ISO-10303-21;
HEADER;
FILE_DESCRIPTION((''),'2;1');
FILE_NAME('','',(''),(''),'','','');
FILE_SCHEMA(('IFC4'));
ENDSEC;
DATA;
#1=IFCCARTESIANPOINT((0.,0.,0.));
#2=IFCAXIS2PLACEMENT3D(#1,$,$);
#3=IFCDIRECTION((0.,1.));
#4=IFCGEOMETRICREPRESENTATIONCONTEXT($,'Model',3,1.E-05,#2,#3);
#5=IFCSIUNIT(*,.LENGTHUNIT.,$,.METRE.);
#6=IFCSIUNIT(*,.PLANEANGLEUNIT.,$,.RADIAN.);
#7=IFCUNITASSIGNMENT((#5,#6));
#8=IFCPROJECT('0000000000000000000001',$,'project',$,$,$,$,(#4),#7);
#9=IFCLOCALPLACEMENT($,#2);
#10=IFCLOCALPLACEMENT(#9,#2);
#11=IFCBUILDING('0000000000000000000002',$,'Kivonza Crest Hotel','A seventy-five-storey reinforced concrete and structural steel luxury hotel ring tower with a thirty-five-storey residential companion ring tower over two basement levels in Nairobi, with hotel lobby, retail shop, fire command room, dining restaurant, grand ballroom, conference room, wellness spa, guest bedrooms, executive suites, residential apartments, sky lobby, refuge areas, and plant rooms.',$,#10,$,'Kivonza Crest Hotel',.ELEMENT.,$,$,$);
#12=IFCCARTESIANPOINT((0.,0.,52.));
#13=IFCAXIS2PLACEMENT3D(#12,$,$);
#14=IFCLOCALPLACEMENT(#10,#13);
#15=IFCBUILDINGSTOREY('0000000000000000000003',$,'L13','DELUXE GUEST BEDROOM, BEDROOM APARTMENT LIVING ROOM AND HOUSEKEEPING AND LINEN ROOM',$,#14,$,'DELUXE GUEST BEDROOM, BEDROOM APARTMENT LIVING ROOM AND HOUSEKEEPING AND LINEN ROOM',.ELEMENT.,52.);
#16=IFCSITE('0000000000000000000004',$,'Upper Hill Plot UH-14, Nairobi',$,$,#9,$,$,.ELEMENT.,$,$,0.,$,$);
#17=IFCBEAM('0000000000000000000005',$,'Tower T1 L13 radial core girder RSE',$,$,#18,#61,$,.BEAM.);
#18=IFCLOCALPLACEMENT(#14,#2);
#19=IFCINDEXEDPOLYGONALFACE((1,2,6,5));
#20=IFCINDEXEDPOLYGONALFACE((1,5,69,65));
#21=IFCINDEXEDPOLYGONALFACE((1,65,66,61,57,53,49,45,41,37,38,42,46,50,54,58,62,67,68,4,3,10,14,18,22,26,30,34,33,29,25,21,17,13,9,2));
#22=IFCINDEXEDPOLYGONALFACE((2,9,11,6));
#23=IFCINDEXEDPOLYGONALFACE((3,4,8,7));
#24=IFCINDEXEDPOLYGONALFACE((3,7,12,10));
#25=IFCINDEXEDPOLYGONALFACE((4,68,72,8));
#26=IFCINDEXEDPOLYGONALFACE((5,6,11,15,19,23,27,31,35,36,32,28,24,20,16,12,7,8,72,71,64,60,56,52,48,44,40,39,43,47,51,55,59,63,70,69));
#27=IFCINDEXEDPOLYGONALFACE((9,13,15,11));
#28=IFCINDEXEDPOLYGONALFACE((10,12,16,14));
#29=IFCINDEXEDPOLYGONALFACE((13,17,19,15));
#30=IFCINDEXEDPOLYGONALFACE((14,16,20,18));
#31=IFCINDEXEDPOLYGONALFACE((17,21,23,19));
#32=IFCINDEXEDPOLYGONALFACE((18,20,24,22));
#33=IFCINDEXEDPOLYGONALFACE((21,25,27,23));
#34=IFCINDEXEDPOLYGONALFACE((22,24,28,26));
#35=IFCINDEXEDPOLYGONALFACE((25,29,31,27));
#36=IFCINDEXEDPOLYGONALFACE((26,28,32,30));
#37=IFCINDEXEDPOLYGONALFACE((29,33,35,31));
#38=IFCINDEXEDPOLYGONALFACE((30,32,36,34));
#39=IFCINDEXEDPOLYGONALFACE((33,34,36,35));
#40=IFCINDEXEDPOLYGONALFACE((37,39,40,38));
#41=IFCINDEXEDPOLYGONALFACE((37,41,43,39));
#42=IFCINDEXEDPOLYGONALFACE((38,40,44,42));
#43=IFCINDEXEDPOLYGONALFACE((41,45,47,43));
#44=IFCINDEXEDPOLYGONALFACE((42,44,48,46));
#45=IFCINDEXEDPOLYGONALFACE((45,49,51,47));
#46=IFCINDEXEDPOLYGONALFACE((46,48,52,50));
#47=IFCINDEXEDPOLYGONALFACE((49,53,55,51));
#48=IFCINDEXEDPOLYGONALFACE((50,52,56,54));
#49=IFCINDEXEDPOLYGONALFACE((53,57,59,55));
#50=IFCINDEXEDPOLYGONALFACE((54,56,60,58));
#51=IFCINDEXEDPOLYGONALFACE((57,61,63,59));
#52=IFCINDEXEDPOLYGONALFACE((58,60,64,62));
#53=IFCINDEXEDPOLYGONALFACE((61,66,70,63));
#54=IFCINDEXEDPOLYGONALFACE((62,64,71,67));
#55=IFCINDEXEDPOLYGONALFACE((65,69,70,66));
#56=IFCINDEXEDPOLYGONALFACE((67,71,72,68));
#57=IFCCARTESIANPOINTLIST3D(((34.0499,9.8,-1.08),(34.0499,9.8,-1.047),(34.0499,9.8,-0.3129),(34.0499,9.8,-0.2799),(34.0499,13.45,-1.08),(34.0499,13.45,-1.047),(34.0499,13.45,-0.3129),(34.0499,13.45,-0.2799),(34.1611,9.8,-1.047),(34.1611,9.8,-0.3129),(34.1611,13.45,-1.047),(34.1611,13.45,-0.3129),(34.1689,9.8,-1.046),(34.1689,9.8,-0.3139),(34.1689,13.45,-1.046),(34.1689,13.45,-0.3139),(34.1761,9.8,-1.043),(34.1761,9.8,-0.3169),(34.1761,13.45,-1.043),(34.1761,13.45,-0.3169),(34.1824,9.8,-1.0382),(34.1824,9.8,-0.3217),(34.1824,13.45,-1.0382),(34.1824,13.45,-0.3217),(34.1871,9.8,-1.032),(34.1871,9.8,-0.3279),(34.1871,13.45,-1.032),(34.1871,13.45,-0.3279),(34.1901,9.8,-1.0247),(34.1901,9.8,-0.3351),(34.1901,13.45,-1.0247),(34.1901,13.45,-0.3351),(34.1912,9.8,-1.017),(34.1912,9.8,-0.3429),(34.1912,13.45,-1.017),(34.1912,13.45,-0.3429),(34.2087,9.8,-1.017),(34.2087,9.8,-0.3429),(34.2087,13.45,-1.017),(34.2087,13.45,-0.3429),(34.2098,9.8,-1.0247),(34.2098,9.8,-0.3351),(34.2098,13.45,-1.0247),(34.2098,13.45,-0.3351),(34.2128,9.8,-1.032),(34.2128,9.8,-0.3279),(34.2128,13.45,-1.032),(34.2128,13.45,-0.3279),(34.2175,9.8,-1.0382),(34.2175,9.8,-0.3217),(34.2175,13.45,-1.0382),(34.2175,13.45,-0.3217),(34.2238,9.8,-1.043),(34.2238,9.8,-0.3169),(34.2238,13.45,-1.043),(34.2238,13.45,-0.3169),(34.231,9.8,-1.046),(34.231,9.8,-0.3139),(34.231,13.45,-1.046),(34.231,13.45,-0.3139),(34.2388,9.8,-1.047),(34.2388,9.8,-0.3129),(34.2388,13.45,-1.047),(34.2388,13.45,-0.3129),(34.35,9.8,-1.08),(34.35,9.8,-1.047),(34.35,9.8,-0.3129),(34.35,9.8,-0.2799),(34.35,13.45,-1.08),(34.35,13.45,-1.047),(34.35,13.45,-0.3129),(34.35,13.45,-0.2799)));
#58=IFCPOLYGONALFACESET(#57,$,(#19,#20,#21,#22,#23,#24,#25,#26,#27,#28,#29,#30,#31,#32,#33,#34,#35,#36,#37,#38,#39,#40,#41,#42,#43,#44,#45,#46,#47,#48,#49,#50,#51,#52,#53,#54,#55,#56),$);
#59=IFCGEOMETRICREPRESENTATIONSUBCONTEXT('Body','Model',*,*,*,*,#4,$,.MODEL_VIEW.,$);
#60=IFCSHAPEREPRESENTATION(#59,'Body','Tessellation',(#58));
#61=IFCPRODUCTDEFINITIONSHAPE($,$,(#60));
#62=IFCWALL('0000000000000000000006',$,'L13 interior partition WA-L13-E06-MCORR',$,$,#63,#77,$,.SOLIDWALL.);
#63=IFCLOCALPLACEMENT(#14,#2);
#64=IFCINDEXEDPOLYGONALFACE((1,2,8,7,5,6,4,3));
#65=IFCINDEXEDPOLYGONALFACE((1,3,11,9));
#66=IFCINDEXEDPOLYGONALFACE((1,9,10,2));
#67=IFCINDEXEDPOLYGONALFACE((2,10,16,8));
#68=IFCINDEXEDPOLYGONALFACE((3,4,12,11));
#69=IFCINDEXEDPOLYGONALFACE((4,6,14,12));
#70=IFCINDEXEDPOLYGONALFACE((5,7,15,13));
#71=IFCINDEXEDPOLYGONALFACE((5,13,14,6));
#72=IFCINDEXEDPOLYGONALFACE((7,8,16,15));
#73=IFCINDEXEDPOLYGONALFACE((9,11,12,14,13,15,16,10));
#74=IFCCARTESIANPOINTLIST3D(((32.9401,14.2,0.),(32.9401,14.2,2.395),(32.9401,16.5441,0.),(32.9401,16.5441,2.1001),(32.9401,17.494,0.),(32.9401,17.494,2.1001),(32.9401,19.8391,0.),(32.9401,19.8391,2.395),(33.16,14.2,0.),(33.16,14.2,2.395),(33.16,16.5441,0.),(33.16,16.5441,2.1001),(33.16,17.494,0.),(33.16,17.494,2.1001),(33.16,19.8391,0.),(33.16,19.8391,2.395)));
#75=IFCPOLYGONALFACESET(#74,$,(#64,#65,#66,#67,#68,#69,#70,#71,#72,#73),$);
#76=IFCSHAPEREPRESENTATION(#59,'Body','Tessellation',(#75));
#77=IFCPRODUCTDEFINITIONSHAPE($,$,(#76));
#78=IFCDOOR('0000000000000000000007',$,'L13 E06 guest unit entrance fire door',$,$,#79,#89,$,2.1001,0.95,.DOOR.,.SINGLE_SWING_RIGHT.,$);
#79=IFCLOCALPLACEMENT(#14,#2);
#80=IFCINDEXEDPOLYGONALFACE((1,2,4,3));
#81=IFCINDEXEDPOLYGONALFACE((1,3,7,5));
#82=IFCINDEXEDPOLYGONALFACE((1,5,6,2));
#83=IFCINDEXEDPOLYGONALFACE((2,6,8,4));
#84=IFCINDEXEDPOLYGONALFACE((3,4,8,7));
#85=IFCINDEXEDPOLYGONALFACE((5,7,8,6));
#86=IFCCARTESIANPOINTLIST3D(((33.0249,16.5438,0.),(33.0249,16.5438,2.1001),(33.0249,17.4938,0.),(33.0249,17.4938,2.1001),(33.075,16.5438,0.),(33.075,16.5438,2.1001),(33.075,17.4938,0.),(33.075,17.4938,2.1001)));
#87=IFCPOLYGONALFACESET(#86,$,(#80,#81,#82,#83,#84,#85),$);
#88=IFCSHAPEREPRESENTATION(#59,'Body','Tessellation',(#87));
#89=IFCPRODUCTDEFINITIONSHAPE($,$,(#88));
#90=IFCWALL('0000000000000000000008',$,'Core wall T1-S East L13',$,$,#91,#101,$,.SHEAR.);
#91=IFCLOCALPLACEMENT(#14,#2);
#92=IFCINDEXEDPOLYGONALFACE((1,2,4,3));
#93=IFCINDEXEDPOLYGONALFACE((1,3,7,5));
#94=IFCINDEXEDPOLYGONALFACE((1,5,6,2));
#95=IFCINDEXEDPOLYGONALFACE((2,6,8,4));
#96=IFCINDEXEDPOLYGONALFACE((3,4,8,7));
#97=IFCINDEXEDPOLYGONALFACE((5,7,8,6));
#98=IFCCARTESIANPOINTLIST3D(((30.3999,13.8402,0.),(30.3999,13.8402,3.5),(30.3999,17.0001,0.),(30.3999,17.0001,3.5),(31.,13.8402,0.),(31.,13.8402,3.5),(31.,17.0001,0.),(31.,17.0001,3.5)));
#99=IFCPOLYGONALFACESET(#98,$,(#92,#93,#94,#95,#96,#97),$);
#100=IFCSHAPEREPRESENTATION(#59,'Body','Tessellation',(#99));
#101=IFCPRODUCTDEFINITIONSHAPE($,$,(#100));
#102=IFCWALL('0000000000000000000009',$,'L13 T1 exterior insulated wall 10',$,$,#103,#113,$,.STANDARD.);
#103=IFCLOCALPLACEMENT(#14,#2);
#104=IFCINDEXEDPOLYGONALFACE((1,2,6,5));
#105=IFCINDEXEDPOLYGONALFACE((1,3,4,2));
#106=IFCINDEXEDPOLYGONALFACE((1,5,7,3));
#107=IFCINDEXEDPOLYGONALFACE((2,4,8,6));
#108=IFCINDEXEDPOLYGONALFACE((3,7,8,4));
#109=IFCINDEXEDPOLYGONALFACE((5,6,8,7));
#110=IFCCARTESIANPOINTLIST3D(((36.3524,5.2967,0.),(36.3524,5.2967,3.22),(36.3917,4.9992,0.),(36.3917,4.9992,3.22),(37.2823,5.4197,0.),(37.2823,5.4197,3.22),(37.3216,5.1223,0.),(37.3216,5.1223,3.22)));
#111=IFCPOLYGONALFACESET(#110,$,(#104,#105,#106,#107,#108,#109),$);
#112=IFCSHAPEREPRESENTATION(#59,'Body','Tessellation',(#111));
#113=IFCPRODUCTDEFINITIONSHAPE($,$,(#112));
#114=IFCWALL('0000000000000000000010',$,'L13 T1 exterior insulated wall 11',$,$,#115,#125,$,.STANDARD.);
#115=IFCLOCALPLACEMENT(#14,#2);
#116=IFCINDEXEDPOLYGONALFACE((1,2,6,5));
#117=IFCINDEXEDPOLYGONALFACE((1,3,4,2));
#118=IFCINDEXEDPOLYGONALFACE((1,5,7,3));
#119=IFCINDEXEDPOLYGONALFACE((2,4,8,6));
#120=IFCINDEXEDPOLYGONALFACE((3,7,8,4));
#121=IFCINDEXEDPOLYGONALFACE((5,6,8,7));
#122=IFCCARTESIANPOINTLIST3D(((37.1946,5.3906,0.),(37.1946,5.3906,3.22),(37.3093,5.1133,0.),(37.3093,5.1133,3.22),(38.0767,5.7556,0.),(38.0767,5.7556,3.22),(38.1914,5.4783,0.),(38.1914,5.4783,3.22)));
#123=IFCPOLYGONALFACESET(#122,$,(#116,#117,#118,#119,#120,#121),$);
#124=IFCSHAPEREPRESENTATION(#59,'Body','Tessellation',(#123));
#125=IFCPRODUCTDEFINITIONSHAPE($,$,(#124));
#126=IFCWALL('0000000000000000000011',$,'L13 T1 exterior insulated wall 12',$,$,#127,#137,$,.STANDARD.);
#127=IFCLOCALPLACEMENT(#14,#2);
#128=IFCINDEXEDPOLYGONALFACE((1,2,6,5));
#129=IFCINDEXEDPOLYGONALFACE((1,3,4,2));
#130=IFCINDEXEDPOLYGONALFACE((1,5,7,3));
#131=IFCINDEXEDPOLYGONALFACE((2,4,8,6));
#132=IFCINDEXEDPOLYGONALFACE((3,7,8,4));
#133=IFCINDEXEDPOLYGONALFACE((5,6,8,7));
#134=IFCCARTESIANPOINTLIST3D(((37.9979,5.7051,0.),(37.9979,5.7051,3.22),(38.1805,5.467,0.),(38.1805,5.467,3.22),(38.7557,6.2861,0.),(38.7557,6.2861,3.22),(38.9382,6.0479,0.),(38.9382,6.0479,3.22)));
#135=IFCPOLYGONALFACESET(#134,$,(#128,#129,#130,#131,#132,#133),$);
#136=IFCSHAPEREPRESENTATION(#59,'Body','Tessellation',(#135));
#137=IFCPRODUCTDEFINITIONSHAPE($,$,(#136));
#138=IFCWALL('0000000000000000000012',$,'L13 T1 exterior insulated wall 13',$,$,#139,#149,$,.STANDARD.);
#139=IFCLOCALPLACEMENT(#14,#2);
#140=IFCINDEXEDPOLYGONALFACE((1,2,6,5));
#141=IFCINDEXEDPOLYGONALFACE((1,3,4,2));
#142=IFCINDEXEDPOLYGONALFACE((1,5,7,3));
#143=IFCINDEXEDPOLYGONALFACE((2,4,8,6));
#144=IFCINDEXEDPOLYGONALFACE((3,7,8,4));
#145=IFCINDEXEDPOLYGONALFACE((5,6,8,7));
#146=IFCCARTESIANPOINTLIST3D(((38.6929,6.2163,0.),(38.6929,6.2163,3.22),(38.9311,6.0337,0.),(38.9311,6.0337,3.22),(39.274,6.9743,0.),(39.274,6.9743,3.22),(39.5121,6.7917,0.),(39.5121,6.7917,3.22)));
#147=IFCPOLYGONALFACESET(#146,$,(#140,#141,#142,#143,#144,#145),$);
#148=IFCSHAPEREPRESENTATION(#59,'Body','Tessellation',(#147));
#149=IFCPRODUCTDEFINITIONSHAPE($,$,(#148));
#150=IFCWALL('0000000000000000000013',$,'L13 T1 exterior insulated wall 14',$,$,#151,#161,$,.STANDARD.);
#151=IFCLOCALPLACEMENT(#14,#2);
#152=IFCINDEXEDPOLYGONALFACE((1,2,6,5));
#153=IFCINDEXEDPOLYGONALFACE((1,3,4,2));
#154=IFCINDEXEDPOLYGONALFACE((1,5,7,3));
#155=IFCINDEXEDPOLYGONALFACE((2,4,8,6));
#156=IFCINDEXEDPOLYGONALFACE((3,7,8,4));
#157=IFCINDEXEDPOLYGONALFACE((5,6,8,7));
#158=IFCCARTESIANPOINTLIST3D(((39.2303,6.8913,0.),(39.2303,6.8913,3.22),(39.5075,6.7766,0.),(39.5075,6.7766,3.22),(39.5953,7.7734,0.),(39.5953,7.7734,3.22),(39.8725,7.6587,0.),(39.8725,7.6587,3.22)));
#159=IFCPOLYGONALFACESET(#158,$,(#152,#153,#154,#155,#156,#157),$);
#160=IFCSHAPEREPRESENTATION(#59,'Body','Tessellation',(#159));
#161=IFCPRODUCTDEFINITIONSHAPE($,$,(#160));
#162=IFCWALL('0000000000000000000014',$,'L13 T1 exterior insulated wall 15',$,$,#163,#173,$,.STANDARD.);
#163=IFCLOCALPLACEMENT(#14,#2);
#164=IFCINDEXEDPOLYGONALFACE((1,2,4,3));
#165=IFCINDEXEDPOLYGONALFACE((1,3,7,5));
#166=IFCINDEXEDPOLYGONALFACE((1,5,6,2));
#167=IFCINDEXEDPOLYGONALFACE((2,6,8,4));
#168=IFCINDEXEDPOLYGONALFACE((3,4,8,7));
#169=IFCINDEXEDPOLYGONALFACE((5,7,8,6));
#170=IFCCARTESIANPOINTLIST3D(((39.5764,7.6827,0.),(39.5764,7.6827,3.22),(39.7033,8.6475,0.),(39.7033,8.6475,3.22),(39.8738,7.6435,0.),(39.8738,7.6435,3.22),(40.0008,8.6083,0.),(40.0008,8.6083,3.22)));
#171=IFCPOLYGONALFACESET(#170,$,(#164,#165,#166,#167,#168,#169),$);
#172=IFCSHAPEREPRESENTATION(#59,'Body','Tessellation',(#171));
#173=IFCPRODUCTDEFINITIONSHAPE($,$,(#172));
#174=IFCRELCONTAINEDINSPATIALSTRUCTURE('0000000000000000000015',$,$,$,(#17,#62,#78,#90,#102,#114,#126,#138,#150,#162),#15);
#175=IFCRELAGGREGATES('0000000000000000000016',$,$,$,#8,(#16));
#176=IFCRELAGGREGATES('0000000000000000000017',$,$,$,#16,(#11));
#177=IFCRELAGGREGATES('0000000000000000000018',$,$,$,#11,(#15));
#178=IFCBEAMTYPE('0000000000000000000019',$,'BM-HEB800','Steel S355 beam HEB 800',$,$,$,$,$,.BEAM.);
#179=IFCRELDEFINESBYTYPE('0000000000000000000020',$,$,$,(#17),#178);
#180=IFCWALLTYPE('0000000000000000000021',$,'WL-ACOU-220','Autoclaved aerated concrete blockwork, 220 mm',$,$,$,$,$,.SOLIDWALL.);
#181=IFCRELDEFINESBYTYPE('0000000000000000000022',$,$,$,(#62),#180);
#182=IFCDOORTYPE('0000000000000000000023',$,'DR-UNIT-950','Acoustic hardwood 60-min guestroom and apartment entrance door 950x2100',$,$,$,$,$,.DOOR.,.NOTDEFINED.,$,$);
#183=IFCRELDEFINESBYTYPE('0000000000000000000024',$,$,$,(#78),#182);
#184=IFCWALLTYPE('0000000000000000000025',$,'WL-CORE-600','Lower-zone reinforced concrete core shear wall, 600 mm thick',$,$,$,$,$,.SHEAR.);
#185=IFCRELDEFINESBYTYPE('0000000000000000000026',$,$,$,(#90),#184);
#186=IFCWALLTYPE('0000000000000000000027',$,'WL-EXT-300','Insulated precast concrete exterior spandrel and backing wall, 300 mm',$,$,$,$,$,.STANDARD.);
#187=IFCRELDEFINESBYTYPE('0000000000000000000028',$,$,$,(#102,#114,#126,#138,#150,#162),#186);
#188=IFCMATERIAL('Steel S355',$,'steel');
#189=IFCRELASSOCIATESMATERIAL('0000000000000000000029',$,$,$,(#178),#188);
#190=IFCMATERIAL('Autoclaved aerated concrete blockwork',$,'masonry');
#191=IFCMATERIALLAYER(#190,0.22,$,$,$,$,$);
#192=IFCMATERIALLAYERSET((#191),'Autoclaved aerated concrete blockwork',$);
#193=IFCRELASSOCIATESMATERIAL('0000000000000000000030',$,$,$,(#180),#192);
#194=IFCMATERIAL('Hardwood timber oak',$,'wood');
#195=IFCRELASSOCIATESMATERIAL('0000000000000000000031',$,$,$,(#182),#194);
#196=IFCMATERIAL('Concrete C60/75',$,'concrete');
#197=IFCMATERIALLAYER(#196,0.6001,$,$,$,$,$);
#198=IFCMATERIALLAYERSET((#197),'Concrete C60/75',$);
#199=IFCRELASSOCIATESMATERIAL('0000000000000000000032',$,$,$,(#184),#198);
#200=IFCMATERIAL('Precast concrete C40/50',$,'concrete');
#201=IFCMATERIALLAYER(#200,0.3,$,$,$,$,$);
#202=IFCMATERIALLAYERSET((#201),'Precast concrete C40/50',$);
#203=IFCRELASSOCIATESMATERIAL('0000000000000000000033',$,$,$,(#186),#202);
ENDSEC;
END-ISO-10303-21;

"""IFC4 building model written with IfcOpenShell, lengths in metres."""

from ifc_helpers import new_model, si_unit, direction, frame, frame_2d, origin, origin_2d, place, context, subcontext, project, spatial, rectangle, i_section, extrude, material, layer, layer_set, material_profile, profile_set, type_object, element, fill, save


model = new_model("IFC4")

# Units and contexts
model_context = context("Model", 3, precision=1e-05, world=origin(), true_north=direction((0.0, 1.0)))
body_context = subcontext(model_context, "Body", "Model", "MODEL_VIEW")
ifc_project = project(units=[si_unit("LENGTHUNIT", "METRE"), si_unit("PLANEANGLEUNIT", "RADIAN")], contexts=[model_context])

# Site, building, storey
site_placement = place(None, origin())
site = spatial("IfcSite", under=ifc_project, at=site_placement, Name="Upper Hill Plot UH-14, Nairobi", CompositionType="ELEMENT", RefElevation=0.0)
building_placement = place(site_placement, origin())
building = spatial("IfcBuilding", under=site, at=building_placement, Name="Kivonza Crest Hotel", Description="A seventy-five-storey reinforced concrete and structural steel luxury hotel ring tower with a thirty-five-storey residential companion ring tower over two basement levels in Nairobi, with hotel lobby, retail shop, fire command room, dining restaurant, grand ballroom, conference room, wellness spa, guest bedrooms, executive suites, residential apartments, sky lobby, refuge areas, and plant rooms.", LongName="Kivonza Crest Hotel", CompositionType="ELEMENT")
storey_placement = place(building_placement, frame((0.0, 0.0, 52.0)))
storey = spatial("IfcBuildingStorey", under=building, at=storey_placement, Name="L13", Description="DELUXE GUEST BEDROOM, BEDROOM APARTMENT LIVING ROOM AND HOUSEKEEPING AND LINEN ROOM", LongName="DELUXE GUEST BEDROOM, BEDROOM APARTMENT LIVING ROOM AND HOUSEKEEPING AND LINEN ROOM", CompositionType="ELEMENT", Elevation=52.0)

# Shared definitions
ifc_material_1 = material(Name="Concrete C60/75", Category="concrete")

# Beam
ifc_material_2 = material(Name="Steel S355", Category="steel")
ifc_material_profile_1 = material_profile(ifc_material_2, i_section(OverallWidth=0.3, OverallDepth=0.8, WebThickness=0.0176, FlangeThickness=0.033, FilletRadius=0.03, at=origin_2d()), Name="HEB 800")
ifc_profile_set_1 = profile_set([ifc_material_profile_1], Name="Steel S355")
beam_type_1 = type_object("IfcBeamType", Name="BM-HEB800", Description="Steel S355 beam HEB 800", PredefinedType="BEAM", material=ifc_profile_set_1)
beam_1_placement = place(storey_placement, frame((34.2, 9.8, -0.6799), z_axis=(0.0, 1.0, 0.0), x_axis=(-1.0, 0.0, 0.0)))
element("IfcBeam", 1, at=beam_1_placement, inside=storey, type_object=beam_type_1, Name="Tower T1 L13 radial core girder RSE", PredefinedType="BEAM", context=body_context, shape_type="SweptSolid", body=[
    extrude(i_section(OverallWidth=0.3, OverallDepth=0.8, WebThickness=0.0176, FlangeThickness=0.033, FilletRadius=0.03, at=origin_2d()), origin(), (0.0, 0.0, 1.0), 3.6499),
])

# Wall, opening, door
ifc_material_3 = material(Name="Autoclaved aerated concrete blockwork", Category="masonry")
ifc_layer_1 = layer(ifc_material_3, 0.22)
ifc_layer_set_1 = layer_set([ifc_layer_1], Name="Autoclaved aerated concrete blockwork")
wall_type_1 = type_object("IfcWallType", Name="WL-ACOU-220", Description="Autoclaved aerated concrete blockwork, 220 mm", PredefinedType="SOLIDWALL", material=ifc_layer_set_1)
wall_1_placement = place(storey_placement, frame((33.05, 14.2, 0.0), z_axis=(0.0, 0.0, 1.0), x_axis=(0.0, 1.0, 0.0)))
wall_1 = element("IfcWall", 2, at=wall_1_placement, inside=storey, type_object=wall_type_1, Name="L13 interior partition WA-L13-E06-MCORR", PredefinedType="SOLIDWALL", context=body_context, shape_type="SweptSolid", body=[
    extrude(rectangle(XDim=5.6392, YDim=0.22, at=frame_2d((2.8196, 0.0))), origin(), (0.0, 0.0, 1.0), 2.395),
])
opening_1_placement = place(wall_1_placement, frame((2.344, 0.0, 0.0)))
opening_1 = element("IfcOpeningElement", 3, at=opening_1_placement, cuts=wall_1, PredefinedType="OPENING", context=body_context, shape_type="SweptSolid", body=[
    extrude(rectangle(XDim=0.95, YDim=2.1001, at=frame_2d((0.4751, 1.05))), frame((0.0, 0.1201, 0.0), z_axis=(0.0, -1.0, 0.0), x_axis=(1.0, 0.0, 0.0)), (0.0, 0.0, 1.0), 0.24),
])
ifc_material_4 = material(Name="Hardwood timber oak", Category="wood")
door_type = type_object("IfcDoorType", Name="DR-UNIT-950", Description="Acoustic hardwood 60-min guestroom and apartment entrance door 950x2100", OperationType="NOTDEFINED", PredefinedType="DOOR", material=ifc_material_4)
door_placement = place(opening_1_placement, frame((0.95, 0.0, 0.0), z_axis=(0.0, 0.0, 1.0), x_axis=(-1.0, 0.0, 0.0)))
door = element("IfcDoor", 4, at=door_placement, inside=storey, type_object=door_type, Name="L13 E06 guest unit entrance fire door", OperationType="SINGLE_SWING_RIGHT", OverallHeight=2.1001, OverallWidth=0.95, PredefinedType="DOOR", context=body_context, shape_type="SweptSolid", body=[
    extrude(rectangle(XDim=0.95, YDim=2.1001, at=frame_2d((0.4751, 1.05))), frame((0.0, 0.0249, 0.0), z_axis=(0.0, -1.0, 0.0), x_axis=(1.0, 0.0, 0.0)), (0.0, 0.0, 1.0), 0.05),
])
fill(opening_1, door)

# Walls
ifc_layer_2 = layer(ifc_material_1, 0.6001)
ifc_layer_set_2 = layer_set([ifc_layer_2], Name="Concrete C60/75")
wall_type_2 = type_object("IfcWallType", Name="WL-CORE-600", Description="Lower-zone reinforced concrete core shear wall, 600 mm thick", PredefinedType="SHEAR", material=ifc_layer_set_2)
wall_2_placement = place(storey_placement, frame((30.7, 13.8401, 0.0), z_axis=(0.0, 0.0, 1.0), x_axis=(0.0, 1.0, 0.0)))
element("IfcWall", 5, at=wall_2_placement, inside=storey, type_object=wall_type_2, Name="Core wall T1-S East L13", PredefinedType="SHEAR", context=body_context, shape_type="SweptSolid", body=[
    extrude(rectangle(XDim=3.1599, YDim=0.6001, at=frame_2d((1.5801, 0.0))), origin(), (0.0, 0.0, 1.0), 3.5),
])
ifc_material_5 = material(Name="Precast concrete C40/50", Category="concrete")
ifc_layer_3 = layer(ifc_material_5, 0.3)
ifc_layer_set_3 = layer_set([ifc_layer_3], Name="Precast concrete C40/50")
wall_type_3 = type_object("IfcWallType", Name="WL-EXT-300", Description="Insulated precast concrete exterior spandrel and backing wall, 300 mm", PredefinedType="STANDARD", material=ifc_layer_set_3)
wall_3_placement = place(storey_placement, frame((36.3721, 5.1479, 0.0), z_axis=(0.0, 0.0, 1.0), x_axis=(0.991359, 0.131175, 0.0)))
element("IfcWall", 6, at=wall_3_placement, inside=storey, type_object=wall_type_3, Name="L13 T1 exterior insulated wall 10", PredefinedType="STANDARD", context=body_context, shape_type="SweptSolid", body=[
    extrude(rectangle(XDim=0.938, YDim=0.3, at=frame_2d((0.469, 0.0))), origin(), (0.0, 0.0, 1.0), 3.22),
])
wall_4_placement = place(storey_placement, frame((37.252, 5.252, 0.0), z_axis=(0.0, 0.0, 1.0), x_axis=(0.92402, 0.382344, 0.0)))
element("IfcWall", 7, at=wall_4_placement, inside=storey, type_object=wall_type_3, Name="L13 T1 exterior insulated wall 11", PredefinedType="STANDARD", context=body_context, shape_type="SweptSolid", body=[
    extrude(rectangle(XDim=0.9546, YDim=0.3, at=frame_2d((0.4773, 0.0))), origin(), (0.0, 0.0, 1.0), 3.22),
])
wall_5_placement = place(storey_placement, frame((38.0891, 5.5859, 0.0), z_axis=(0.0, 0.0, 1.0), x_axis=(0.793573, 0.608474, 0.0)))
element("IfcWall", 8, at=wall_5_placement, inside=storey, type_object=wall_type_3, Name="L13 T1 exterior insulated wall 12", PredefinedType="STANDARD", context=body_context, shape_type="SweptSolid", body=[
    extrude(rectangle(XDim=0.9548, YDim=0.3, at=frame_2d((0.4775, 0.0))), origin(), (0.0, 0.0, 1.0), 3.22),
])
wall_6_placement = place(storey_placement, frame((38.812, 6.125, 0.0), z_axis=(0.0, 0.0, 1.0), x_axis=(0.608351, 0.793668, 0.0)))
element("IfcWall", 9, at=wall_6_placement, inside=storey, type_object=wall_type_3, Name="L13 T1 exterior insulated wall 13", PredefinedType="STANDARD", context=body_context, shape_type="SweptSolid", body=[
    extrude(rectangle(XDim=0.9551, YDim=0.3, at=frame_2d((0.4775, 0.0))), origin(), (0.0, 0.0, 1.0), 3.22),
])
wall_7_placement = place(storey_placement, frame((39.3689, 6.834, 0.0), z_axis=(0.0, 0.0, 1.0), x_axis=(0.382344, 0.92402, 0.0)))
element("IfcWall", 10, at=wall_7_placement, inside=storey, type_object=wall_type_3, Name="L13 T1 exterior insulated wall 14", PredefinedType="STANDARD", context=body_context, shape_type="SweptSolid", body=[
    extrude(rectangle(XDim=0.9546, YDim=0.3, at=frame_2d((0.4773, 0.0))), origin(), (0.0, 0.0, 1.0), 3.22),
])
wall_8_placement = place(storey_placement, frame((39.7251, 7.6631, 0.0), z_axis=(0.0, 0.0, 1.0), x_axis=(0.130455, 0.991454, 0.0)))
element("IfcWall", 11, at=wall_8_placement, inside=storey, type_object=wall_type_3, Name="L13 T1 exterior insulated wall 15", PredefinedType="STANDARD", context=body_context, shape_type="SweptSolid", body=[
    extrude(rectangle(XDim=0.9731, YDim=0.3, at=frame_2d((0.4866, 0.0))), origin(), (0.0, 0.0, 1.0), 3.22),
])

save(model, "model.ifc")
